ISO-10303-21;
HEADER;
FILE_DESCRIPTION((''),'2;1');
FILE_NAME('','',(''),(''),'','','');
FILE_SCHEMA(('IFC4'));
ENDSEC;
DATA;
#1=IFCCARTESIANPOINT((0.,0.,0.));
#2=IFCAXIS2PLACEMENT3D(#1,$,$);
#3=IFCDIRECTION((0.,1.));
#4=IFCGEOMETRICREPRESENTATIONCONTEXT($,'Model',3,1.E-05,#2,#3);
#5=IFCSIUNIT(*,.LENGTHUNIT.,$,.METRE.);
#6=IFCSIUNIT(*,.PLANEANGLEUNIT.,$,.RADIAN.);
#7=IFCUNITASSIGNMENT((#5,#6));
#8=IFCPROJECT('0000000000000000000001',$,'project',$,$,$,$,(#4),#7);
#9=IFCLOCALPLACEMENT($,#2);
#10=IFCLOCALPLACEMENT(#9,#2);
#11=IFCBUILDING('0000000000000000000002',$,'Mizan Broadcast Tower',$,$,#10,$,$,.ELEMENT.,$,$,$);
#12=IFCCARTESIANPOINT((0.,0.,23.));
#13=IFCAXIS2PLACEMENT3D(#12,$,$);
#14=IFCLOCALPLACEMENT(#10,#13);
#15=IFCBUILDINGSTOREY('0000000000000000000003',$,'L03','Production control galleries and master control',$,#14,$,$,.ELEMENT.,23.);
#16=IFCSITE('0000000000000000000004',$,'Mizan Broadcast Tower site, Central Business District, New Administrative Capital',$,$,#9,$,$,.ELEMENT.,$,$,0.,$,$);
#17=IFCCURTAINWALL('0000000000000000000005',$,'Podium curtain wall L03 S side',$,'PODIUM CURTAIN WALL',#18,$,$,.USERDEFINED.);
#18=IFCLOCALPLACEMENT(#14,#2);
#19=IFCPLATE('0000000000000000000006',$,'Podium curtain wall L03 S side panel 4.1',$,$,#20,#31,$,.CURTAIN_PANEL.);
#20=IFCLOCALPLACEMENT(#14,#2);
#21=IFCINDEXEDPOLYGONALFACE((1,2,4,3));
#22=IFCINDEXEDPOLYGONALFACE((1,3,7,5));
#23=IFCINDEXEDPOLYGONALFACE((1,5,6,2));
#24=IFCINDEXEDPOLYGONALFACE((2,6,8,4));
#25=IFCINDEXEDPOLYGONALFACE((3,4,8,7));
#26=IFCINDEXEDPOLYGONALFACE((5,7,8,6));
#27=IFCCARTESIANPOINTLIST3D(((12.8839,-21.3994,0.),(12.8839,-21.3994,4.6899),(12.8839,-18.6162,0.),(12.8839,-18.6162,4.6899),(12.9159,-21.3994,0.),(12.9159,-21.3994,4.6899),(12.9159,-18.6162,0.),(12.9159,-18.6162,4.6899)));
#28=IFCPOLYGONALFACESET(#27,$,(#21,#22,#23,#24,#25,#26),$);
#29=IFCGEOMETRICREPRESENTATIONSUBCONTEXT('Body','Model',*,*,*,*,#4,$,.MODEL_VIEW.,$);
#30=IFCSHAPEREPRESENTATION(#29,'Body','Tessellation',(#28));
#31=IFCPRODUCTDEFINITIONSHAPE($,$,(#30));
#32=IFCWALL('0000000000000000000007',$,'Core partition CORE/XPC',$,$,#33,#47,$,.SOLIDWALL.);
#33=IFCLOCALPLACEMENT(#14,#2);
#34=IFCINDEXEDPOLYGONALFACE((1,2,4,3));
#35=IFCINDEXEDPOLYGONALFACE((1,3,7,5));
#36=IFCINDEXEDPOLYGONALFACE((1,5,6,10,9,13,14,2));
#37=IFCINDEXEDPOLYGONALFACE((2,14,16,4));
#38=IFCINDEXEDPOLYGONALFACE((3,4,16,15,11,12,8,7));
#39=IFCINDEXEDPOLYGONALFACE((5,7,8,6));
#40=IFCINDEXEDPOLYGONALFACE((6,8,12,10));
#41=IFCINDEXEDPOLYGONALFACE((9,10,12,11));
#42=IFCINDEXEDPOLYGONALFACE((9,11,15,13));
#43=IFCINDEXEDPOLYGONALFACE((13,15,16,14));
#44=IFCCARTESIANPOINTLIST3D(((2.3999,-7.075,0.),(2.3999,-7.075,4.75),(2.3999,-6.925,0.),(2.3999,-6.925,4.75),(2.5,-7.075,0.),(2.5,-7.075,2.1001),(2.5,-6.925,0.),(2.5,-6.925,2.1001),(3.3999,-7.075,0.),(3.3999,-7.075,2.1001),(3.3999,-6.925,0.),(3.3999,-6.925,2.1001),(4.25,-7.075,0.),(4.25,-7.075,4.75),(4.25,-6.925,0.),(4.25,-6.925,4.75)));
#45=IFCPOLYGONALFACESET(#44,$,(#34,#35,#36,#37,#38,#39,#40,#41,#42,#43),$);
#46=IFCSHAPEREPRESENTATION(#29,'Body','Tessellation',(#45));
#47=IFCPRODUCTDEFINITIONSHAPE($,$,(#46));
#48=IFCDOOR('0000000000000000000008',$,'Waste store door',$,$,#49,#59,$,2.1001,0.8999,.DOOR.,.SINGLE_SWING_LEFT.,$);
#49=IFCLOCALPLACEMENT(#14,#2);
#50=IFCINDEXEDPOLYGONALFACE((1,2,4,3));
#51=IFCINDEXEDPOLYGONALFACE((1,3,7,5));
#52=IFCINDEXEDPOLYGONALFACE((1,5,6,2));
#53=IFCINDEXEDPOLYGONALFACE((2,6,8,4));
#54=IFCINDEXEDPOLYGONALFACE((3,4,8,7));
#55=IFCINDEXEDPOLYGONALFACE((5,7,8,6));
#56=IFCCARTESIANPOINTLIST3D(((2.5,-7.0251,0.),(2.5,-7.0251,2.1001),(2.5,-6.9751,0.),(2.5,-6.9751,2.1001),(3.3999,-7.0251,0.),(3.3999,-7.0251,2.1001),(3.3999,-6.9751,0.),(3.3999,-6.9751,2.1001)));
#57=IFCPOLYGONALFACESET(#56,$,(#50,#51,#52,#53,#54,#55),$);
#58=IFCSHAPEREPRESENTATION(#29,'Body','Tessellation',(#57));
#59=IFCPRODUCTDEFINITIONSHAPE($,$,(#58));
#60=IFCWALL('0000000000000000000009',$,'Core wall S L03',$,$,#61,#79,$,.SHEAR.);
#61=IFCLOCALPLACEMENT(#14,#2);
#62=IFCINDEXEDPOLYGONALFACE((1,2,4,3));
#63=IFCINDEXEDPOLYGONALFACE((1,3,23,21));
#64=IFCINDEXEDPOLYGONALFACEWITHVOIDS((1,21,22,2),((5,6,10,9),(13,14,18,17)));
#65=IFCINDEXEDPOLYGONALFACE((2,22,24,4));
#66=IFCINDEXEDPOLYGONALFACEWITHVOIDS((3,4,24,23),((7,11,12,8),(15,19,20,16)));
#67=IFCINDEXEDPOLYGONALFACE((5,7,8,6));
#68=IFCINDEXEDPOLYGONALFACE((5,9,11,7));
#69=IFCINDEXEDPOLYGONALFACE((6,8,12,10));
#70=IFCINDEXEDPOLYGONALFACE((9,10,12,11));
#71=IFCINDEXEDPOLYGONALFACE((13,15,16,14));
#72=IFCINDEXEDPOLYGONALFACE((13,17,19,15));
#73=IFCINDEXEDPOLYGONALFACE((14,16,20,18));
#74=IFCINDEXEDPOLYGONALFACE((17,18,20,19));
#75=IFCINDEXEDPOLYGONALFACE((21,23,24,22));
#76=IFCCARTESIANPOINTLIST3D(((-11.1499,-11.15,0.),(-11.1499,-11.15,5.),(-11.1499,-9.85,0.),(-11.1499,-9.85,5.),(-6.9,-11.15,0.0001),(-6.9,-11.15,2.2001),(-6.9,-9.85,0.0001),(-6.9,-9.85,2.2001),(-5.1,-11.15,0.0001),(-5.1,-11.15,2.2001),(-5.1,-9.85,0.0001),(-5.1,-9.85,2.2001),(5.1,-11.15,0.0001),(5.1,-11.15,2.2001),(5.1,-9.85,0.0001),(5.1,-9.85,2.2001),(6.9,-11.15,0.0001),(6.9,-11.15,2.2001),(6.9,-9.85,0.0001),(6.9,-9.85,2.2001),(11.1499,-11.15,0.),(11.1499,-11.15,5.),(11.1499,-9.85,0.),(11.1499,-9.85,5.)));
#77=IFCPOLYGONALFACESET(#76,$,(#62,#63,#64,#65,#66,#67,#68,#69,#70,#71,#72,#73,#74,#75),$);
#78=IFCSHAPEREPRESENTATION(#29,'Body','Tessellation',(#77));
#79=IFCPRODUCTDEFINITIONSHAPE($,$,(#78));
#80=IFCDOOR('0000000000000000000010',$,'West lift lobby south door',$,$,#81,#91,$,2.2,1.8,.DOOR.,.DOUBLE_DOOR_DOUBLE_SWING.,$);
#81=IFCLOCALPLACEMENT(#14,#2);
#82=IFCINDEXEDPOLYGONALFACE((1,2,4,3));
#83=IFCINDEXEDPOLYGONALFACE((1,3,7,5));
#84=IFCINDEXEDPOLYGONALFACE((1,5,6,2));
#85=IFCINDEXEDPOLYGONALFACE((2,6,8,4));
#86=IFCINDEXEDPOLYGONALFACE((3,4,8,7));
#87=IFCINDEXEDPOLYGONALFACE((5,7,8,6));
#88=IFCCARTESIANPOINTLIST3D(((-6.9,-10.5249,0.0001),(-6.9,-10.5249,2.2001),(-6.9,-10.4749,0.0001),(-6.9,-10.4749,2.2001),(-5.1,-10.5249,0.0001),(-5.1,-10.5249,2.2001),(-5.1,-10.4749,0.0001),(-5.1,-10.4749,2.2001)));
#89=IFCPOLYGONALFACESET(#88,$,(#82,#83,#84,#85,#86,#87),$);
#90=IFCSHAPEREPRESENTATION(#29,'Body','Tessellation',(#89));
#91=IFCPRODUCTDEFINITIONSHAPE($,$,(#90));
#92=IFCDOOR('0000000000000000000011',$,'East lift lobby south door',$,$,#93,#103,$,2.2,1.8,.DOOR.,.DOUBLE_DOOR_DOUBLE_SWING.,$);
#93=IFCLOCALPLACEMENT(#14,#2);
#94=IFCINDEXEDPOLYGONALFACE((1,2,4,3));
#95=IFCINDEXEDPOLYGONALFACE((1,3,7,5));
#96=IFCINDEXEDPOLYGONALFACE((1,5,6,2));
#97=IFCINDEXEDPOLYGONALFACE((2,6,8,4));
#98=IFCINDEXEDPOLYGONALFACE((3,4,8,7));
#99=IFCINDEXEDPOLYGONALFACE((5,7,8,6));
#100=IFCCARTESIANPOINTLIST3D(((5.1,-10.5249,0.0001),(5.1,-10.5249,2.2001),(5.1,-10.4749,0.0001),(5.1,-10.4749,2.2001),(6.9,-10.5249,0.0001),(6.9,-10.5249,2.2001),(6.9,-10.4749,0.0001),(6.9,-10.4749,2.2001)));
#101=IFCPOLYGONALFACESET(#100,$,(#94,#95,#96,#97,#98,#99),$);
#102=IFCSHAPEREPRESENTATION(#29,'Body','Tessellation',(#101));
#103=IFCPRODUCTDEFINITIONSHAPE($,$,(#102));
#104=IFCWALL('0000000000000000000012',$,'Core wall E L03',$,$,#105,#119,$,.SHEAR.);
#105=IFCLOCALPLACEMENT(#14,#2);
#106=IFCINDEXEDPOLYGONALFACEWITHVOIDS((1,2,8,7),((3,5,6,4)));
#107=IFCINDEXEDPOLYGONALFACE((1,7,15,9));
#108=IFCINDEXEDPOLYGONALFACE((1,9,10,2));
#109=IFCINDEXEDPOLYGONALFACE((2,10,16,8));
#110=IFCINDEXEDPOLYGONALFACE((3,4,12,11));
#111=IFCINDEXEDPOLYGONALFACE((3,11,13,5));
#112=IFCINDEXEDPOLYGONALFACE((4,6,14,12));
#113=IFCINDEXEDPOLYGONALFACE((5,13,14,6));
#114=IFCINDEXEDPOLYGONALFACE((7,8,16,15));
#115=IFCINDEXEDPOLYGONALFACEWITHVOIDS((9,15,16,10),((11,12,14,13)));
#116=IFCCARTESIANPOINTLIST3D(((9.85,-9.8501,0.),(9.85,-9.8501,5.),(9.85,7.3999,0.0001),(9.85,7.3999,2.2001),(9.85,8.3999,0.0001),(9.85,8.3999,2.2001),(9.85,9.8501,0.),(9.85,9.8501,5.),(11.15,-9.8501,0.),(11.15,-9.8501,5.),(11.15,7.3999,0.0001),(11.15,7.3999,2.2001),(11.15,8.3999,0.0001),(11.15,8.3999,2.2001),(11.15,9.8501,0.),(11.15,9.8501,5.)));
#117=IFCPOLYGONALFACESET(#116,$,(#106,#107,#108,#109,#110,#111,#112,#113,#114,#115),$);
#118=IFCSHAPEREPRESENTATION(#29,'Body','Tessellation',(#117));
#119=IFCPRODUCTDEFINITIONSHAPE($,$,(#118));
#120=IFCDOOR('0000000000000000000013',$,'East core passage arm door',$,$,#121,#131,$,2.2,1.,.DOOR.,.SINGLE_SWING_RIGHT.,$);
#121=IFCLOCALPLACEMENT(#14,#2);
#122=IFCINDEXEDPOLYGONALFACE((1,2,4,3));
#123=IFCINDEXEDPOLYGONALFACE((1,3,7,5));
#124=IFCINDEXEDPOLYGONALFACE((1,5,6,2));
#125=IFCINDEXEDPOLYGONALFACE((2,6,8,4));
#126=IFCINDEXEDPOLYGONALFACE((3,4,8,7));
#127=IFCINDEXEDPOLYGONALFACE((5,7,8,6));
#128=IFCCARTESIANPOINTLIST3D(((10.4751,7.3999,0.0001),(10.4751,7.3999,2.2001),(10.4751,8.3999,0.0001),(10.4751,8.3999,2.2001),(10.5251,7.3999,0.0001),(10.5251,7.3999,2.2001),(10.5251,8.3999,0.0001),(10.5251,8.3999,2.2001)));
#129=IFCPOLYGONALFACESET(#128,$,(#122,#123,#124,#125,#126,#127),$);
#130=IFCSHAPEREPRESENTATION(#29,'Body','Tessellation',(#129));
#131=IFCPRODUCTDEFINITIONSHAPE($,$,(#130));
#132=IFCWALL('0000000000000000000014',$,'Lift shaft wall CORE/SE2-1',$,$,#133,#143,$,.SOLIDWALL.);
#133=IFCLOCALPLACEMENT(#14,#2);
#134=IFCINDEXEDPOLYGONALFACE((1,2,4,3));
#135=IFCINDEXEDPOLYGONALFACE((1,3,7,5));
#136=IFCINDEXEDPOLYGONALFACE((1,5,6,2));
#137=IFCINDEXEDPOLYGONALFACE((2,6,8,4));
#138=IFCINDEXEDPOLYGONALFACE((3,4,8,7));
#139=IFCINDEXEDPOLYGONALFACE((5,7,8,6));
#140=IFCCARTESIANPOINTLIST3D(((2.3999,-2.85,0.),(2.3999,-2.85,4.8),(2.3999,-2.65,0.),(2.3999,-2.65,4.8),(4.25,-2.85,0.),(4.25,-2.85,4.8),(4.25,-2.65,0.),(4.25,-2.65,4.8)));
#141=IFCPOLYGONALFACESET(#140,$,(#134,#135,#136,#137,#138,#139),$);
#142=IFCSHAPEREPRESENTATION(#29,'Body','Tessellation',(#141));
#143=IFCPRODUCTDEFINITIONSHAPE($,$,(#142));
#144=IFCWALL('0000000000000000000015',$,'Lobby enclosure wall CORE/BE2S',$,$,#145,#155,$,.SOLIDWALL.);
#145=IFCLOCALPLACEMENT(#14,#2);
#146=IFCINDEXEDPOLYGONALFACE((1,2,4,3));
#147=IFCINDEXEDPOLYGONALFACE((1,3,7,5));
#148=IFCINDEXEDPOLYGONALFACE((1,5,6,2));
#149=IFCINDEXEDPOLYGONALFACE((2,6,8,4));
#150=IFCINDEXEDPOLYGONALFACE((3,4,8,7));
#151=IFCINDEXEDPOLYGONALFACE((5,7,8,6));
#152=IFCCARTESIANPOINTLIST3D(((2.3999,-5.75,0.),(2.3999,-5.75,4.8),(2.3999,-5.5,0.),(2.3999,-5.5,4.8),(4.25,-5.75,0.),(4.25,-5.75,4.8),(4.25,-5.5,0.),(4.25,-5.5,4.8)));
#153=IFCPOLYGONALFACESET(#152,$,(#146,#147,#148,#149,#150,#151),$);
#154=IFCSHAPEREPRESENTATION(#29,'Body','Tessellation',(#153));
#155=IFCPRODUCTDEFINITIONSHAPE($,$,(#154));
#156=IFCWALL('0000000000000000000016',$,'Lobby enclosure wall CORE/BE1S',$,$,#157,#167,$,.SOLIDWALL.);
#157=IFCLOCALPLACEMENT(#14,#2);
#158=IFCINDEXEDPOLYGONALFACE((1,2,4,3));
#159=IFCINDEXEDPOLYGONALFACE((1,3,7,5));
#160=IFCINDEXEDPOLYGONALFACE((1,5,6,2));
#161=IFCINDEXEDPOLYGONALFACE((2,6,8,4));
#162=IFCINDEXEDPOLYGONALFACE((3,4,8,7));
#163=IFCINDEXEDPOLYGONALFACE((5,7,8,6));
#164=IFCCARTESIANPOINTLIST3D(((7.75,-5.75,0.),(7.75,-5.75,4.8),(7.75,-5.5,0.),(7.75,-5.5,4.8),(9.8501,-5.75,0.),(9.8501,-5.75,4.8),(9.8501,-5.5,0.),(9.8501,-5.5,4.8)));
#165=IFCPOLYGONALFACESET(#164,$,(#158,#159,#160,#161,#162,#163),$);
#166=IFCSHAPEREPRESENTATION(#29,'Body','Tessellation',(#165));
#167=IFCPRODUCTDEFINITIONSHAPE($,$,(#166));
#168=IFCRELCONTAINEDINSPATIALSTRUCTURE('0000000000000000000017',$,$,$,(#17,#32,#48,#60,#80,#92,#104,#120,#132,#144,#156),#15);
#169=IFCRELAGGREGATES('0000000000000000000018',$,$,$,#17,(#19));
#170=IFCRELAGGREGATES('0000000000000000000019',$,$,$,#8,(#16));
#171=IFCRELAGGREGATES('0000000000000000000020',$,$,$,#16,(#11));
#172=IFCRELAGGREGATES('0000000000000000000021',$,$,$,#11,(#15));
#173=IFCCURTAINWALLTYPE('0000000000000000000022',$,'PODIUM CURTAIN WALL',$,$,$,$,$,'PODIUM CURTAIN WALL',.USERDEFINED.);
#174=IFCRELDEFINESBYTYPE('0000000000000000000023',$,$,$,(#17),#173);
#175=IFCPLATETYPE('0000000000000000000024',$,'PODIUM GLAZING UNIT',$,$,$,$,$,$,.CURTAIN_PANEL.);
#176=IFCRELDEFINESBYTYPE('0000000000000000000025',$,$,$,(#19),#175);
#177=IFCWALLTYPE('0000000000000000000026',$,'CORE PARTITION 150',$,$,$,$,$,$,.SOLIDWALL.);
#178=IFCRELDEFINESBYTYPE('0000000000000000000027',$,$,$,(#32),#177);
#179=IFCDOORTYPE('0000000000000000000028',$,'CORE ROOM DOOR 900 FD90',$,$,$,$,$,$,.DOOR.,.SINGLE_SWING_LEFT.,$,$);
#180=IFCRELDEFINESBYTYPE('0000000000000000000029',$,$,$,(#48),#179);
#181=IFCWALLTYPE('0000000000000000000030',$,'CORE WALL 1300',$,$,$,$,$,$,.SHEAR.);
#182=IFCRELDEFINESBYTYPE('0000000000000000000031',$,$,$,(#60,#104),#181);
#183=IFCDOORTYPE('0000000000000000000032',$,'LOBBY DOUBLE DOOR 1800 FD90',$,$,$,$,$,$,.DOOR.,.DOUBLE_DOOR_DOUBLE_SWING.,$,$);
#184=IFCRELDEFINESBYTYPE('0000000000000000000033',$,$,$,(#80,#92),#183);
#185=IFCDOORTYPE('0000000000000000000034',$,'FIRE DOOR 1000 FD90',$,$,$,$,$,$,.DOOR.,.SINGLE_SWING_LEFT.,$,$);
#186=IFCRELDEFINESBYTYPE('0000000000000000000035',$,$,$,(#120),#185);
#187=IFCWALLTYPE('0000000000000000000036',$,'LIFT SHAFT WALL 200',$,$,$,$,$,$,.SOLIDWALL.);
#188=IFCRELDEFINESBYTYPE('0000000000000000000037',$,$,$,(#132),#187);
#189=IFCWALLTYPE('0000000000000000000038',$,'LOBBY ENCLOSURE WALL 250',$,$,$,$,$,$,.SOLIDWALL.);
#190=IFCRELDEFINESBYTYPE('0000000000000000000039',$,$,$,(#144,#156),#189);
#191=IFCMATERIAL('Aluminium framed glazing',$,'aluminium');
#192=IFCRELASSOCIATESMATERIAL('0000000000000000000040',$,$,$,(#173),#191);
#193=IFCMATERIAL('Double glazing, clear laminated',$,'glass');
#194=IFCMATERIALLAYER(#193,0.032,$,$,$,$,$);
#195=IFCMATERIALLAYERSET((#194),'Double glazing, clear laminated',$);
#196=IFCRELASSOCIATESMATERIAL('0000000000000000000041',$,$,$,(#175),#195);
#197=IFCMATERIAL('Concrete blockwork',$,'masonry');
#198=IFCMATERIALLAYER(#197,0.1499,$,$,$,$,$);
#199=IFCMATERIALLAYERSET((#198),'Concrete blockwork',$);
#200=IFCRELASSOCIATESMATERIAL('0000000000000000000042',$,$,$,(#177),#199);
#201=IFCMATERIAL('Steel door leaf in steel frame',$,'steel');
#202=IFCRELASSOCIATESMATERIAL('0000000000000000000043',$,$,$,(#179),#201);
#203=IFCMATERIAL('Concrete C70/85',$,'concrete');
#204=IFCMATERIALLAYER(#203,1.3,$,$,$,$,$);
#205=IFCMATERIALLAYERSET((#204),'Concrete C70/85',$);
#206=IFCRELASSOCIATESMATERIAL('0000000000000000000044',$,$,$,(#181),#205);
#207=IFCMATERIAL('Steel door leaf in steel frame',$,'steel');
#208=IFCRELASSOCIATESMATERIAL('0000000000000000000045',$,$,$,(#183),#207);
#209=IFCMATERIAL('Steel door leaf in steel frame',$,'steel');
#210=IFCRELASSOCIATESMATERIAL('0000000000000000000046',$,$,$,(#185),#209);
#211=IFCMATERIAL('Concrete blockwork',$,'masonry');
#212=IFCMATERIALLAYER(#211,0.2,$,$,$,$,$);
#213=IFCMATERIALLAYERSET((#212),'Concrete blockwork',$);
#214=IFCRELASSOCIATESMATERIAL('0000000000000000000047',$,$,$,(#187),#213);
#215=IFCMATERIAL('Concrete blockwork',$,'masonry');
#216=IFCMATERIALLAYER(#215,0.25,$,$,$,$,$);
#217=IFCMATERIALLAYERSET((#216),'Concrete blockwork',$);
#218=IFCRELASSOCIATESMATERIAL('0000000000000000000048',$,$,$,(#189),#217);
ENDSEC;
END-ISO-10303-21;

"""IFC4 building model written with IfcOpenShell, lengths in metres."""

from ifc_helpers import new_model, si_unit, direction, frame, frame_2d, origin, origin_2d, place, context, subcontext, project, spatial, rectangle, extrude, material, layer, layer_set, type_object, element, fill, aggregate, save


model = new_model("IFC4")

# Units and contexts
model_context = context("Model", 3, precision=1e-05, world=origin(), true_north=direction((0.0, 1.0)))
body_context = subcontext(model_context, "Body", "Model", "MODEL_VIEW")
ifc_project = project(units=[si_unit("LENGTHUNIT", "METRE"), si_unit("PLANEANGLEUNIT", "RADIAN")], contexts=[model_context])

# Site, building, storey
site_placement = place(None, origin())
site = spatial("IfcSite", under=ifc_project, at=site_placement, Name="Mizan Broadcast Tower site, Central Business District, New Administrative Capital", CompositionType="ELEMENT", RefElevation=0.0)
building_placement = place(site_placement, origin())
building = spatial("IfcBuilding", under=site, at=building_placement, Name="Mizan Broadcast Tower", CompositionType="ELEMENT")
storey_placement = place(building_placement, frame((0.0, 0.0, 23.0)))
storey = spatial("IfcBuildingStorey", under=building, at=storey_placement, Name="L03", Description="Production control galleries and master control", CompositionType="ELEMENT", Elevation=23.0)

# Curtain wall
ifc_material_1 = material(Name="Aluminium framed glazing", Category="aluminium")
curtain_wall_type = type_object("IfcCurtainWallType", Name="PODIUM CURTAIN WALL", ElementType="PODIUM CURTAIN WALL", PredefinedType="USERDEFINED", material=ifc_material_1)
curtain_wall_placement = place(storey_placement, origin())
curtain_wall = element("IfcCurtainWall", 1, at=curtain_wall_placement, inside=storey, type_object=curtain_wall_type, Name="Podium curtain wall L03 S side", ObjectType="PODIUM CURTAIN WALL", PredefinedType="USERDEFINED")

# Plate
ifc_material_2 = material(Name="Double glazing, clear laminated", Category="glass")
ifc_layer_1 = layer(ifc_material_2, 0.032)
ifc_layer_set_1 = layer_set([ifc_layer_1], Name="Double glazing, clear laminated")
plate_type = type_object("IfcPlateType", Name="PODIUM GLAZING UNIT", PredefinedType="CURTAIN_PANEL", material=ifc_layer_set_1)
plate_placement = place(storey_placement, frame((12.8999, -20.0078, 0.0), z_axis=(0.0, 0.0, 1.0), x_axis=(0.0, 1.0, 0.0)))
plate = element("IfcPlate", 2, at=plate_placement, type_object=plate_type, Name="Podium curtain wall L03 S side panel 4.1", PredefinedType="CURTAIN_PANEL", context=body_context, shape_type="SweptSolid", body=[
    extrude(rectangle(XDim=2.7832, YDim=0.032, at=origin_2d()), origin(), (0.0, 0.0, 1.0), 4.6899),
])
aggregate(curtain_wall, [plate])

# Wall, opening, door
ifc_material_3 = material(Name="Concrete blockwork", Category="masonry")
ifc_layer_2 = layer(ifc_material_3, 0.1499)
ifc_layer_set_2 = layer_set([ifc_layer_2], Name="Concrete blockwork")
wall_type_1 = type_object("IfcWallType", Name="CORE PARTITION 150", PredefinedType="SOLIDWALL", material=ifc_layer_set_2)
wall_1_placement = place(storey_placement, frame((2.3999, -7.0, 0.0), z_axis=(0.0, 0.0, 1.0), x_axis=(1.0, 0.0, 0.0)))
wall_1 = element("IfcWall", 3, at=wall_1_placement, inside=storey, type_object=wall_type_1, Name="Core partition CORE/XPC", PredefinedType="SOLIDWALL", context=body_context, shape_type="SweptSolid", body=[
    extrude(rectangle(XDim=1.8501, YDim=0.1499, at=frame_2d((0.925, 0.0))), origin(), (0.0, 0.0, 1.0), 4.75),
])
opening_1_placement = place(wall_1_placement, frame((0.1001, 0.0, 0.0)))
opening_1 = element("IfcOpeningElement", 4, at=opening_1_placement, cuts=wall_1, PredefinedType="OPENING", context=body_context, shape_type="SweptSolid", body=[
    extrude(rectangle(XDim=0.8999, YDim=2.1001, at=frame_2d((0.45, 1.05))), frame((0.0, 0.085, 0.0), z_axis=(0.0, -1.0, 0.0), x_axis=(1.0, 0.0, 0.0)), (0.0, 0.0, 1.0), 0.1699),
])
ifc_material_4 = material(Name="Steel door leaf in steel frame", Category="steel")
door_type_1 = type_object("IfcDoorType", Name="CORE ROOM DOOR 900 FD90", OperationType="SINGLE_SWING_LEFT", PredefinedType="DOOR", material=ifc_material_4)
door_1_placement = place(opening_1_placement, origin())
door_1 = element("IfcDoor", 5, at=door_1_placement, inside=storey, type_object=door_type_1, Name="Waste store door", OperationType="SINGLE_SWING_LEFT", OverallHeight=2.1001, OverallWidth=0.8999, PredefinedType="DOOR", context=body_context, shape_type="SweptSolid", body=[
    extrude(rectangle(XDim=0.8999, YDim=2.1001, at=frame_2d((0.45, 1.05))), frame((0.0, 0.0249, 0.0), z_axis=(0.0, -1.0, 0.0), x_axis=(1.0, 0.0, 0.0)), (0.0, 0.0, 1.0), 0.05),
])
fill(opening_1, door_1)

# Wall, openings, doors
ifc_material_5 = material(Name="Concrete C70/85", Category="concrete")
ifc_layer_3 = layer(ifc_material_5, 1.3)
ifc_layer_set_3 = layer_set([ifc_layer_3], Name="Concrete C70/85")
wall_type_2 = type_object("IfcWallType", Name="CORE WALL 1300", PredefinedType="SHEAR", material=ifc_layer_set_3)
wall_2_placement = place(storey_placement, frame((11.1499, -10.5, 0.0), z_axis=(0.0, 0.0, 1.0), x_axis=(-1.0, 0.0, 0.0)))
wall_2 = element("IfcWall", 6, at=wall_2_placement, inside=storey, type_object=wall_type_2, Name="Core wall S L03", PredefinedType="SHEAR", context=body_context, shape_type="SweptSolid", body=[
    extrude(rectangle(XDim=22.2998, YDim=1.3, at=frame_2d((11.1499, 0.0))), origin(), (0.0, 0.0, 1.0), 5.0),
])
opening_2_placement = place(wall_2_placement, frame((16.25, 0.0, 0.0)))
opening_2 = element("IfcOpeningElement", 7, at=opening_2_placement, cuts=wall_2, PredefinedType="OPENING", context=body_context, shape_type="SweptSolid", body=[
    extrude(rectangle(XDim=1.8, YDim=2.2, at=frame_2d((0.8999, 1.1001))), frame((0.0, 0.6599, 0.0), z_axis=(0.0, -1.0, 0.0), x_axis=(1.0, 0.0, 0.0)), (0.0, 0.0, 1.0), 1.3201),
])
opening_3_placement = place(wall_2_placement, frame((4.25, 0.0, 0.0)))
opening_3 = element("IfcOpeningElement", 8, at=opening_3_placement, cuts=wall_2, PredefinedType="OPENING", context=body_context, shape_type="SweptSolid", body=[
    extrude(rectangle(XDim=1.8, YDim=2.2, at=frame_2d((0.8999, 1.1001))), frame((0.0, 0.6599, 0.0), z_axis=(0.0, -1.0, 0.0), x_axis=(1.0, 0.0, 0.0)), (0.0, 0.0, 1.0), 1.3201),
])
ifc_material_6 = material(Name="Steel door leaf in steel frame", Category="steel")
door_type_2 = type_object("IfcDoorType", Name="LOBBY DOUBLE DOOR 1800 FD90", OperationType="DOUBLE_DOOR_DOUBLE_SWING", PredefinedType="DOOR", material=ifc_material_6)
door_2_placement = place(opening_2_placement, origin())
door_2 = element("IfcDoor", 9, at=door_2_placement, inside=storey, type_object=door_type_2, Name="West lift lobby south door", OperationType="DOUBLE_DOOR_DOUBLE_SWING", OverallHeight=2.2, OverallWidth=1.8, PredefinedType="DOOR", context=body_context, shape_type="SweptSolid", body=[
    extrude(rectangle(XDim=1.8, YDim=2.2, at=frame_2d((0.8999, 1.1001))), frame((0.0, 0.0249, 0.0), z_axis=(0.0, -1.0, 0.0), x_axis=(1.0, 0.0, 0.0)), (0.0, 0.0, 1.0), 0.05),
])
fill(opening_2, door_2)
door_3_placement = place(opening_3_placement, origin())
door_3 = element("IfcDoor", 10, at=door_3_placement, inside=storey, type_object=door_type_2, Name="East lift lobby south door", OperationType="DOUBLE_DOOR_DOUBLE_SWING", OverallHeight=2.2, OverallWidth=1.8, PredefinedType="DOOR", context=body_context, shape_type="SweptSolid", body=[
    extrude(rectangle(XDim=1.8, YDim=2.2, at=frame_2d((0.8999, 1.1001))), frame((0.0, 0.0249, 0.0), z_axis=(0.0, -1.0, 0.0), x_axis=(1.0, 0.0, 0.0)), (0.0, 0.0, 1.0), 0.05),
])
fill(opening_3, door_3)

# Wall, opening, door
wall_3_placement = place(storey_placement, frame((10.5, -9.8501, 0.0), z_axis=(0.0, 0.0, 1.0), x_axis=(0.0, 1.0, 0.0)))
wall_3 = element("IfcWall", 11, at=wall_3_placement, inside=storey, type_object=wall_type_2, Name="Core wall E L03", PredefinedType="SHEAR", context=body_context, shape_type="SweptSolid", body=[
    extrude(rectangle(XDim=19.7002, YDim=1.3, at=frame_2d((9.8501, 0.0))), origin(), (0.0, 0.0, 1.0), 5.0),
])
opening_4_placement = place(wall_3_placement, frame((17.25, 0.0, 0.0)))
opening_4 = element("IfcOpeningElement", 12, at=opening_4_placement, cuts=wall_3, PredefinedType="OPENING", context=body_context, shape_type="SweptSolid", body=[
    extrude(rectangle(XDim=1.0, YDim=2.2, at=frame_2d((0.5, 1.1001))), frame((0.0, 0.6599, 0.0), z_axis=(0.0, -1.0, 0.0), x_axis=(1.0, 0.0, 0.0)), (0.0, 0.0, 1.0), 1.3201),
])
ifc_material_7 = material(Name="Steel door leaf in steel frame", Category="steel")
door_type_3 = type_object("IfcDoorType", Name="FIRE DOOR 1000 FD90", OperationType="SINGLE_SWING_LEFT", PredefinedType="DOOR", material=ifc_material_7)
door_4_placement = place(opening_4_placement, origin())
door_4 = element("IfcDoor", 13, at=door_4_placement, inside=storey, type_object=door_type_3, Name="East core passage arm door", OperationType="SINGLE_SWING_RIGHT", OverallHeight=2.2, OverallWidth=1.0, PredefinedType="DOOR", context=body_context, shape_type="SweptSolid", body=[
    extrude(rectangle(XDim=1.0, YDim=2.2, at=frame_2d((0.5, 1.1001))), frame((0.0, 0.0249, 0.0), z_axis=(0.0, -1.0, 0.0), x_axis=(1.0, 0.0, 0.0)), (0.0, 0.0, 1.0), 0.05),
])
fill(opening_4, door_4)

# Walls
ifc_material_8 = material(Name="Concrete blockwork", Category="masonry")
ifc_layer_4 = layer(ifc_material_8, 0.2)
ifc_layer_set_4 = layer_set([ifc_layer_4], Name="Concrete blockwork")
wall_type_3 = type_object("IfcWallType", Name="LIFT SHAFT WALL 200", PredefinedType="SOLIDWALL", material=ifc_layer_set_4)
wall_4_placement = place(storey_placement, frame((2.3999, -2.75, 0.0), z_axis=(0.0, 0.0, 1.0), x_axis=(1.0, 0.0, 0.0)))
element("IfcWall", 14, at=wall_4_placement, inside=storey, type_object=wall_type_3, Name="Lift shaft wall CORE/SE2-1", PredefinedType="SOLIDWALL", context=body_context, shape_type="SweptSolid", body=[
    extrude(rectangle(XDim=1.8501, YDim=0.2, at=frame_2d((0.925, 0.0))), origin(), (0.0, 0.0, 1.0), 4.8),
])
ifc_material_9 = material(Name="Concrete blockwork", Category="masonry")
ifc_layer_5 = layer(ifc_material_9, 0.25)
ifc_layer_set_5 = layer_set([ifc_layer_5], Name="Concrete blockwork")
wall_type_4 = type_object("IfcWallType", Name="LOBBY ENCLOSURE WALL 250", PredefinedType="SOLIDWALL", material=ifc_layer_set_5)
wall_5_placement = place(storey_placement, frame((2.3999, -5.625, 0.0), z_axis=(0.0, 0.0, 1.0), x_axis=(1.0, 0.0, 0.0)))
element("IfcWall", 15, at=wall_5_placement, inside=storey, type_object=wall_type_4, Name="Lobby enclosure wall CORE/BE2S", PredefinedType="SOLIDWALL", context=body_context, shape_type="SweptSolid", body=[
    extrude(rectangle(XDim=1.8501, YDim=0.25, at=frame_2d((0.925, 0.0))), origin(), (0.0, 0.0, 1.0), 4.8),
])
wall_6_placement = place(storey_placement, frame((7.75, -5.625, 0.0), z_axis=(0.0, 0.0, 1.0), x_axis=(1.0, 0.0, 0.0)))
element("IfcWall", 16, at=wall_6_placement, inside=storey, type_object=wall_type_4, Name="Lobby enclosure wall CORE/BE1S", PredefinedType="SOLIDWALL", context=body_context, shape_type="SweptSolid", body=[
    extrude(rectangle(XDim=2.1001, YDim=0.25, at=frame_2d((1.05, 0.0))), origin(), (0.0, 0.0, 1.0), 4.8),
])

save(model, "model.ifc")
